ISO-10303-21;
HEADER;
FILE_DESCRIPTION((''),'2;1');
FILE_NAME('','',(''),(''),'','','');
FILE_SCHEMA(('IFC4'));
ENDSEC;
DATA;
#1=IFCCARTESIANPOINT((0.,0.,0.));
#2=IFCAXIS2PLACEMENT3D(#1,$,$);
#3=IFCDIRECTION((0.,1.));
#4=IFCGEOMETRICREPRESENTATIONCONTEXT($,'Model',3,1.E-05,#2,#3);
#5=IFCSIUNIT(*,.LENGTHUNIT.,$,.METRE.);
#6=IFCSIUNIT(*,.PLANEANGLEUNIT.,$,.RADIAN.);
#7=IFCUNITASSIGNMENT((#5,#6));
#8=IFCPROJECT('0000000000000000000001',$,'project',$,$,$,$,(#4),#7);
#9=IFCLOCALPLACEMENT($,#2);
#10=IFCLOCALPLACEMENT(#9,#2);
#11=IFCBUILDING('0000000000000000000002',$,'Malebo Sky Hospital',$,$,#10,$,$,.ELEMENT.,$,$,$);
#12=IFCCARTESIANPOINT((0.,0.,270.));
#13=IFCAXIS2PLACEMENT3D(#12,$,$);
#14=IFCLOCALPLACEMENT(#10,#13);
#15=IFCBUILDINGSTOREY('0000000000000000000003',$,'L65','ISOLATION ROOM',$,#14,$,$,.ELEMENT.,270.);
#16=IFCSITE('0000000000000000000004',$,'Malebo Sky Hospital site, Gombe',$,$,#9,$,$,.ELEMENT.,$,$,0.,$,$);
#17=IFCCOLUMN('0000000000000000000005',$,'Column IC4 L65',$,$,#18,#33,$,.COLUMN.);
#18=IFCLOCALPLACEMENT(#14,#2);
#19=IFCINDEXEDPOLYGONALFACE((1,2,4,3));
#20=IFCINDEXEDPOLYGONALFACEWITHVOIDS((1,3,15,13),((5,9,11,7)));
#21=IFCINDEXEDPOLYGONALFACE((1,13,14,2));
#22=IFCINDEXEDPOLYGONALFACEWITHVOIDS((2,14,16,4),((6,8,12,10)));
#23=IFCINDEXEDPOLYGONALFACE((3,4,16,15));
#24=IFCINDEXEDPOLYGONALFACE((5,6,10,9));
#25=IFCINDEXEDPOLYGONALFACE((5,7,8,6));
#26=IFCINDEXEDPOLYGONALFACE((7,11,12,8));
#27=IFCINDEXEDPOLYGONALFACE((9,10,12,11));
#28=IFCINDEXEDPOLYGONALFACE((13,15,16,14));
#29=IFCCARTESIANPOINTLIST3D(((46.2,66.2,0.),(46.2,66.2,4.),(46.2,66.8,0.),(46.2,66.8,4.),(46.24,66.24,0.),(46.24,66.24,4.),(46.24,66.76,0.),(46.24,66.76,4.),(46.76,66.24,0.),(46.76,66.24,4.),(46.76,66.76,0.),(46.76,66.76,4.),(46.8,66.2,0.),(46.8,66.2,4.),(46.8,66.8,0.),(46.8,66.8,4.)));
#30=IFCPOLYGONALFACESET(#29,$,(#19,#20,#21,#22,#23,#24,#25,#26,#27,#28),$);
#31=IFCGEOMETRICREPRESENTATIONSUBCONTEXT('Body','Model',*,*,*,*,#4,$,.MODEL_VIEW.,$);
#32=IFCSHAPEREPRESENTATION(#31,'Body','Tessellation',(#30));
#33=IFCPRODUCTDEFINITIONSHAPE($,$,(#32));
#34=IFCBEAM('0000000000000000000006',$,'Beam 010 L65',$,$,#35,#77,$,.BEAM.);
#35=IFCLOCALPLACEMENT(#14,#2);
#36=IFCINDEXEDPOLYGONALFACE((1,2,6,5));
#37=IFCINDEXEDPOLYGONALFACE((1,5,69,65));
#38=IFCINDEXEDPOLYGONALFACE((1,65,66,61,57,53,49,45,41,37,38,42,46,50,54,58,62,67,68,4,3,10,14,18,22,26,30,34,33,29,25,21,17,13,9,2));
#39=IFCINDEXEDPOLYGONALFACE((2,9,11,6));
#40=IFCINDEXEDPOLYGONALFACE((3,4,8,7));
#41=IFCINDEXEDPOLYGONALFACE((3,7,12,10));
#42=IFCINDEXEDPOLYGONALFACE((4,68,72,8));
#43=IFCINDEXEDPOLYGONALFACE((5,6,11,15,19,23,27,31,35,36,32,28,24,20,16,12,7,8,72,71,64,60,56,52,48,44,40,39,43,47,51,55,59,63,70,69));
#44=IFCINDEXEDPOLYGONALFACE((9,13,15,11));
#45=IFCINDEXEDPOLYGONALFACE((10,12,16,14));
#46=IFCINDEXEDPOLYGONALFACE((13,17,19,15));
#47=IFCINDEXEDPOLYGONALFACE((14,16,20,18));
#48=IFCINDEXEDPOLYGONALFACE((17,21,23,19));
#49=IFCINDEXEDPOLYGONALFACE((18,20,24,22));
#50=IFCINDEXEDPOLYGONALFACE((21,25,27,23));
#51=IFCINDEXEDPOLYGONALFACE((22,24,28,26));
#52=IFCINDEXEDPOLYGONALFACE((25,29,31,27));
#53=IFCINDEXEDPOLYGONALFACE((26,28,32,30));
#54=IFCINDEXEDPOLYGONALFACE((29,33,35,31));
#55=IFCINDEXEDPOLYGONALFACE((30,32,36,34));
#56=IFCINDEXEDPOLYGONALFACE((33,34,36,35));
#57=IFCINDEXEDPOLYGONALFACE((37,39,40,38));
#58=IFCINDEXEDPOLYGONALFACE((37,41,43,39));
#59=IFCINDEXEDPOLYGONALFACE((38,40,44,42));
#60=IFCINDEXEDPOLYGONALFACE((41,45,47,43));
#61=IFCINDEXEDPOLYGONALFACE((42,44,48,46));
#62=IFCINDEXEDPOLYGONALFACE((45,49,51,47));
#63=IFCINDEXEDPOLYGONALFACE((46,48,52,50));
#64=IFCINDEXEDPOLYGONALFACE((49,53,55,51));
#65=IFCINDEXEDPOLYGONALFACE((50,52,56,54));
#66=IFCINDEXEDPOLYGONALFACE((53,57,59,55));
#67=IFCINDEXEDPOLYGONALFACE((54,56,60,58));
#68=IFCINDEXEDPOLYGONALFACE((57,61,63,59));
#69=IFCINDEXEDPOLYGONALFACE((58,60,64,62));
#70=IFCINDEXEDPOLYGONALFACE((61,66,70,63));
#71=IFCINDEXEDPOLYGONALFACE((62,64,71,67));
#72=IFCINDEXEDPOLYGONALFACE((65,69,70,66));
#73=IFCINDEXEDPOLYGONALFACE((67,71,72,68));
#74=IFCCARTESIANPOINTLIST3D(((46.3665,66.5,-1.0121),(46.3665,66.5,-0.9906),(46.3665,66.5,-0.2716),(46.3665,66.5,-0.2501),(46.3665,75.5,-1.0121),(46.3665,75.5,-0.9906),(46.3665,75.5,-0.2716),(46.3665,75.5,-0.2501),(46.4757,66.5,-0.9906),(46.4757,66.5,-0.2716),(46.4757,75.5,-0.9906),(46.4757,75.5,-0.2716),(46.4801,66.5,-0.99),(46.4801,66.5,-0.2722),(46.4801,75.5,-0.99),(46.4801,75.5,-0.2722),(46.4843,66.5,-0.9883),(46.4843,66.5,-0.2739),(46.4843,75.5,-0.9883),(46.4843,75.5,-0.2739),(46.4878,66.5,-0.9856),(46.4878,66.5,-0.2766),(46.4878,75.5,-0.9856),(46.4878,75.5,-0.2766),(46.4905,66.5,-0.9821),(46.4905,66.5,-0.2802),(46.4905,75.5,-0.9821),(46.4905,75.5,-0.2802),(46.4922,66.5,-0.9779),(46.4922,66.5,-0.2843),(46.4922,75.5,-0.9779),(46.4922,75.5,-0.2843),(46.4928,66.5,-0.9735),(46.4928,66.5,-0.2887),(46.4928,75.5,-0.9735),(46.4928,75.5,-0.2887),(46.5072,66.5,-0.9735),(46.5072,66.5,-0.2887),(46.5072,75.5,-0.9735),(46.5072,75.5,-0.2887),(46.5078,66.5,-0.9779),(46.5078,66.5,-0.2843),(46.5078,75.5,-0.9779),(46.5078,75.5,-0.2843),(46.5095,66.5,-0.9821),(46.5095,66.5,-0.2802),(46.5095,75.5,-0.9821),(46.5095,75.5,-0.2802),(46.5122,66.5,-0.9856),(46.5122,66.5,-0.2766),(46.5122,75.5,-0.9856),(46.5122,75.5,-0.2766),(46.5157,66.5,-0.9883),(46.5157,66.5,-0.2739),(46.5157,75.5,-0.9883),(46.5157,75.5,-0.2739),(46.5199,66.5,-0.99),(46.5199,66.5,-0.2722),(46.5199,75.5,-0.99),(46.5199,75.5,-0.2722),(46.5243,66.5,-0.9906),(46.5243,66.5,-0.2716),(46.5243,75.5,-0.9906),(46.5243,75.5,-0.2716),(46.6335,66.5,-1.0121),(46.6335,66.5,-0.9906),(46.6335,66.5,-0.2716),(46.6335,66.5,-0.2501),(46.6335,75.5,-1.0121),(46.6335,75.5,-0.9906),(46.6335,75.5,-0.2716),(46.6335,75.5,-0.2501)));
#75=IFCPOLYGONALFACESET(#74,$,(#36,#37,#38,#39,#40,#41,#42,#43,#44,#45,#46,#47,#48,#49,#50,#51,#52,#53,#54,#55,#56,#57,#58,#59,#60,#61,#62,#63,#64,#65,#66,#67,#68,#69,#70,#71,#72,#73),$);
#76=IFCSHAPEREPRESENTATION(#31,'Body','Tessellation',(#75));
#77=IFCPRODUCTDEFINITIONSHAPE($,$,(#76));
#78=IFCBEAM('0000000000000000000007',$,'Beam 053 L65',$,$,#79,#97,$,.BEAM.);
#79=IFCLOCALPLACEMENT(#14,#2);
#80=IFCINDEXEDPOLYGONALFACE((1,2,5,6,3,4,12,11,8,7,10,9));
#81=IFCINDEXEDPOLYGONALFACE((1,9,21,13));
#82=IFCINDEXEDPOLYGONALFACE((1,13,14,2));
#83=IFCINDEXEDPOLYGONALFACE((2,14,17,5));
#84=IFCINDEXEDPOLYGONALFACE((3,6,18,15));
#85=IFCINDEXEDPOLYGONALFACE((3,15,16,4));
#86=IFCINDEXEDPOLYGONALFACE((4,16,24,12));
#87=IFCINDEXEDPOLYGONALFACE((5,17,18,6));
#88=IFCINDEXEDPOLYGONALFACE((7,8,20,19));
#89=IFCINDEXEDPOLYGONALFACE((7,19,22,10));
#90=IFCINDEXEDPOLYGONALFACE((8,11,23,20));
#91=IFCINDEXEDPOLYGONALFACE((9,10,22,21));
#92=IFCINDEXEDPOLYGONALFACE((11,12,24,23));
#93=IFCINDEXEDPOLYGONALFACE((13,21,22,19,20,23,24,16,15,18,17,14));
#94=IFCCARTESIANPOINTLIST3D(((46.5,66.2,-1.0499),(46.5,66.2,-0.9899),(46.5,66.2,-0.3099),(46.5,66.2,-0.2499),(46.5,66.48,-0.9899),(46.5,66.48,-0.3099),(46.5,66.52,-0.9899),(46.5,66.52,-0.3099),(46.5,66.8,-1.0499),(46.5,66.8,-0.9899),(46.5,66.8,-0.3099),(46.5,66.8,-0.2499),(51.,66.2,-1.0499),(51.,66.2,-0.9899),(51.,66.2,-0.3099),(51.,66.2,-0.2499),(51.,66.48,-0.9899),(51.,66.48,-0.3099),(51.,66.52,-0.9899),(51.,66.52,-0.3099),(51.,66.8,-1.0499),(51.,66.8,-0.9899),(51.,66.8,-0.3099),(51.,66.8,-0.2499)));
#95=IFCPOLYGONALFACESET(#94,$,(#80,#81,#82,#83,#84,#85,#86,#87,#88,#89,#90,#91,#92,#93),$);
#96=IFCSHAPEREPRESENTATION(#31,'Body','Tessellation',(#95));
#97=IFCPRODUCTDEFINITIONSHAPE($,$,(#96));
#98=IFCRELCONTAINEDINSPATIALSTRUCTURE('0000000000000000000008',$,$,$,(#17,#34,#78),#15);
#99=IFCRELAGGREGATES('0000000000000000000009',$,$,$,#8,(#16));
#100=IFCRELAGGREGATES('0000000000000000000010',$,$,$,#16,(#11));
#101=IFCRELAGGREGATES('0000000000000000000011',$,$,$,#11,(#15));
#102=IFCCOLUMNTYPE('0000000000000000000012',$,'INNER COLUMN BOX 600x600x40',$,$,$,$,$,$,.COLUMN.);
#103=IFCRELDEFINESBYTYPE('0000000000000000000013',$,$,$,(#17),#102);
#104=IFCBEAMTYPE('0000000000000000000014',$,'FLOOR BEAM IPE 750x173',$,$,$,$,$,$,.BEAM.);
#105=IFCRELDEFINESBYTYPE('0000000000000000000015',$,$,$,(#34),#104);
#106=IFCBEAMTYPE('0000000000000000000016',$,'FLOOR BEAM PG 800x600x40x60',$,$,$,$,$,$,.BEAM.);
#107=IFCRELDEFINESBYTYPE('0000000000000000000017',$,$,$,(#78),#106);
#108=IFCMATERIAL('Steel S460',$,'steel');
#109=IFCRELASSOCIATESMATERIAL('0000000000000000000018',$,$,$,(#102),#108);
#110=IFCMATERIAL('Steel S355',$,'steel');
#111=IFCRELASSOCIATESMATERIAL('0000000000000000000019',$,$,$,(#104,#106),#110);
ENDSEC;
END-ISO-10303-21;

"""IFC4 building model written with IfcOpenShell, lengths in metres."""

from ifc_helpers import new_model, si_unit, direction, frame, origin, origin_2d, place, context, subcontext, project, spatial, hollow_rectangle, i_section, extrude, material, material_profile, profile_set, type_object, element, save


model = new_model("IFC4")

# Units and contexts
model_context = context("Model", 3, precision=1e-05, world=origin(), true_north=direction((0.0, 1.0)))
body_context = subcontext(model_context, "Body", "Model", "MODEL_VIEW")
ifc_project = project(units=[si_unit("LENGTHUNIT", "METRE"), si_unit("PLANEANGLEUNIT", "RADIAN")], contexts=[model_context])

# Site, building, storey
site_placement = place(None, origin())
site = spatial("IfcSite", under=ifc_project, at=site_placement, Name="Malebo Sky Hospital site, Gombe", CompositionType="ELEMENT", RefElevation=0.0)
building_placement = place(site_placement, origin())
building = spatial("IfcBuilding", under=site, at=building_placement, Name="Malebo Sky Hospital", CompositionType="ELEMENT")
storey_placement = place(building_placement, frame((0.0, 0.0, 270.0)))
storey = spatial("IfcBuildingStorey", under=building, at=storey_placement, Name="L65", Description="ISOLATION ROOM", CompositionType="ELEMENT", Elevation=270.0)

# Column
ifc_material_1 = material(Name="Steel S460", Category="steel")
ifc_material_profile_1 = material_profile(ifc_material_1, hollow_rectangle(XDim=0.6001, YDim=0.6001, WallThickness=0.04, at=origin_2d()), Name="BOX 600x600x40")
ifc_profile_set_1 = profile_set([ifc_material_profile_1], Name="Steel S460")
column_type = type_object("IfcColumnType", Name="INNER COLUMN BOX 600x600x40", PredefinedType="COLUMN", material=ifc_profile_set_1)
column_placement = place(storey_placement, frame((46.5, 66.5, 0.0), z_axis=(0.0, 0.0, 1.0), x_axis=(1.0, 0.0, 0.0)))
element("IfcColumn", 1, at=column_placement, inside=storey, type_object=column_type, Name="Column IC4 L65", PredefinedType="COLUMN", context=body_context, shape_type="SweptSolid", body=[
    extrude(hollow_rectangle(XDim=0.6001, YDim=0.6001, WallThickness=0.04, at=origin_2d()), origin(), (0.0, 0.0, 1.0), 4.0),
])

# Beams
ifc_material_2 = material(Name="Steel S355", Category="steel")
ifc_material_profile_2 = material_profile(ifc_material_2, i_section(OverallWidth=0.2671, OverallDepth=0.762, WebThickness=0.0144, FlangeThickness=0.0215, FilletRadius=0.0171, at=origin_2d()), Name="IPE 750x173")
ifc_profile_set_2 = profile_set([ifc_material_profile_2], Name="Steel S355")
beam_type_1 = type_object("IfcBeamType", Name="FLOOR BEAM IPE 750x173", PredefinedType="BEAM", material=ifc_profile_set_2)
beam_1_placement = place(storey_placement, frame((46.5, 66.5, -0.6311), z_axis=(0.0, 1.0, 0.0), x_axis=(-1.0, 0.0, 0.0)))
element("IfcBeam", 2, at=beam_1_placement, inside=storey, type_object=beam_type_1, Name="Beam 010 L65", PredefinedType="BEAM", context=body_context, shape_type="SweptSolid", body=[
    extrude(i_section(OverallWidth=0.2671, OverallDepth=0.762, WebThickness=0.0144, FlangeThickness=0.0215, FilletRadius=0.0171, at=origin_2d()), origin(), (0.0, 0.0, 1.0), 9.0),
])
ifc_material_profile_3 = material_profile(ifc_material_2, i_section(OverallWidth=0.6001, OverallDepth=0.8, WebThickness=0.04, FlangeThickness=0.0601, at=origin_2d()), Name="PG 800x600x40x60")
ifc_profile_set_3 = profile_set([ifc_material_profile_3], Name="Steel S355")
beam_type_2 = type_object("IfcBeamType", Name="FLOOR BEAM PG 800x600x40x60", PredefinedType="BEAM", material=ifc_profile_set_3)
beam_2_placement = place(storey_placement, frame((46.5, 66.5, -0.6499), z_axis=(1.0, 0.0, 0.0), x_axis=(0.0, 1.0, 0.0)))
element("IfcBeam", 3, at=beam_2_placement, inside=storey, type_object=beam_type_2, Name="Beam 053 L65", PredefinedType="BEAM", context=body_context, shape_type="SweptSolid", body=[
    extrude(i_section(OverallWidth=0.6001, OverallDepth=0.8, WebThickness=0.04, FlangeThickness=0.0601, at=origin_2d()), origin(), (0.0, 0.0, 1.0), 4.5),
])

save(model, "model.ifc")
